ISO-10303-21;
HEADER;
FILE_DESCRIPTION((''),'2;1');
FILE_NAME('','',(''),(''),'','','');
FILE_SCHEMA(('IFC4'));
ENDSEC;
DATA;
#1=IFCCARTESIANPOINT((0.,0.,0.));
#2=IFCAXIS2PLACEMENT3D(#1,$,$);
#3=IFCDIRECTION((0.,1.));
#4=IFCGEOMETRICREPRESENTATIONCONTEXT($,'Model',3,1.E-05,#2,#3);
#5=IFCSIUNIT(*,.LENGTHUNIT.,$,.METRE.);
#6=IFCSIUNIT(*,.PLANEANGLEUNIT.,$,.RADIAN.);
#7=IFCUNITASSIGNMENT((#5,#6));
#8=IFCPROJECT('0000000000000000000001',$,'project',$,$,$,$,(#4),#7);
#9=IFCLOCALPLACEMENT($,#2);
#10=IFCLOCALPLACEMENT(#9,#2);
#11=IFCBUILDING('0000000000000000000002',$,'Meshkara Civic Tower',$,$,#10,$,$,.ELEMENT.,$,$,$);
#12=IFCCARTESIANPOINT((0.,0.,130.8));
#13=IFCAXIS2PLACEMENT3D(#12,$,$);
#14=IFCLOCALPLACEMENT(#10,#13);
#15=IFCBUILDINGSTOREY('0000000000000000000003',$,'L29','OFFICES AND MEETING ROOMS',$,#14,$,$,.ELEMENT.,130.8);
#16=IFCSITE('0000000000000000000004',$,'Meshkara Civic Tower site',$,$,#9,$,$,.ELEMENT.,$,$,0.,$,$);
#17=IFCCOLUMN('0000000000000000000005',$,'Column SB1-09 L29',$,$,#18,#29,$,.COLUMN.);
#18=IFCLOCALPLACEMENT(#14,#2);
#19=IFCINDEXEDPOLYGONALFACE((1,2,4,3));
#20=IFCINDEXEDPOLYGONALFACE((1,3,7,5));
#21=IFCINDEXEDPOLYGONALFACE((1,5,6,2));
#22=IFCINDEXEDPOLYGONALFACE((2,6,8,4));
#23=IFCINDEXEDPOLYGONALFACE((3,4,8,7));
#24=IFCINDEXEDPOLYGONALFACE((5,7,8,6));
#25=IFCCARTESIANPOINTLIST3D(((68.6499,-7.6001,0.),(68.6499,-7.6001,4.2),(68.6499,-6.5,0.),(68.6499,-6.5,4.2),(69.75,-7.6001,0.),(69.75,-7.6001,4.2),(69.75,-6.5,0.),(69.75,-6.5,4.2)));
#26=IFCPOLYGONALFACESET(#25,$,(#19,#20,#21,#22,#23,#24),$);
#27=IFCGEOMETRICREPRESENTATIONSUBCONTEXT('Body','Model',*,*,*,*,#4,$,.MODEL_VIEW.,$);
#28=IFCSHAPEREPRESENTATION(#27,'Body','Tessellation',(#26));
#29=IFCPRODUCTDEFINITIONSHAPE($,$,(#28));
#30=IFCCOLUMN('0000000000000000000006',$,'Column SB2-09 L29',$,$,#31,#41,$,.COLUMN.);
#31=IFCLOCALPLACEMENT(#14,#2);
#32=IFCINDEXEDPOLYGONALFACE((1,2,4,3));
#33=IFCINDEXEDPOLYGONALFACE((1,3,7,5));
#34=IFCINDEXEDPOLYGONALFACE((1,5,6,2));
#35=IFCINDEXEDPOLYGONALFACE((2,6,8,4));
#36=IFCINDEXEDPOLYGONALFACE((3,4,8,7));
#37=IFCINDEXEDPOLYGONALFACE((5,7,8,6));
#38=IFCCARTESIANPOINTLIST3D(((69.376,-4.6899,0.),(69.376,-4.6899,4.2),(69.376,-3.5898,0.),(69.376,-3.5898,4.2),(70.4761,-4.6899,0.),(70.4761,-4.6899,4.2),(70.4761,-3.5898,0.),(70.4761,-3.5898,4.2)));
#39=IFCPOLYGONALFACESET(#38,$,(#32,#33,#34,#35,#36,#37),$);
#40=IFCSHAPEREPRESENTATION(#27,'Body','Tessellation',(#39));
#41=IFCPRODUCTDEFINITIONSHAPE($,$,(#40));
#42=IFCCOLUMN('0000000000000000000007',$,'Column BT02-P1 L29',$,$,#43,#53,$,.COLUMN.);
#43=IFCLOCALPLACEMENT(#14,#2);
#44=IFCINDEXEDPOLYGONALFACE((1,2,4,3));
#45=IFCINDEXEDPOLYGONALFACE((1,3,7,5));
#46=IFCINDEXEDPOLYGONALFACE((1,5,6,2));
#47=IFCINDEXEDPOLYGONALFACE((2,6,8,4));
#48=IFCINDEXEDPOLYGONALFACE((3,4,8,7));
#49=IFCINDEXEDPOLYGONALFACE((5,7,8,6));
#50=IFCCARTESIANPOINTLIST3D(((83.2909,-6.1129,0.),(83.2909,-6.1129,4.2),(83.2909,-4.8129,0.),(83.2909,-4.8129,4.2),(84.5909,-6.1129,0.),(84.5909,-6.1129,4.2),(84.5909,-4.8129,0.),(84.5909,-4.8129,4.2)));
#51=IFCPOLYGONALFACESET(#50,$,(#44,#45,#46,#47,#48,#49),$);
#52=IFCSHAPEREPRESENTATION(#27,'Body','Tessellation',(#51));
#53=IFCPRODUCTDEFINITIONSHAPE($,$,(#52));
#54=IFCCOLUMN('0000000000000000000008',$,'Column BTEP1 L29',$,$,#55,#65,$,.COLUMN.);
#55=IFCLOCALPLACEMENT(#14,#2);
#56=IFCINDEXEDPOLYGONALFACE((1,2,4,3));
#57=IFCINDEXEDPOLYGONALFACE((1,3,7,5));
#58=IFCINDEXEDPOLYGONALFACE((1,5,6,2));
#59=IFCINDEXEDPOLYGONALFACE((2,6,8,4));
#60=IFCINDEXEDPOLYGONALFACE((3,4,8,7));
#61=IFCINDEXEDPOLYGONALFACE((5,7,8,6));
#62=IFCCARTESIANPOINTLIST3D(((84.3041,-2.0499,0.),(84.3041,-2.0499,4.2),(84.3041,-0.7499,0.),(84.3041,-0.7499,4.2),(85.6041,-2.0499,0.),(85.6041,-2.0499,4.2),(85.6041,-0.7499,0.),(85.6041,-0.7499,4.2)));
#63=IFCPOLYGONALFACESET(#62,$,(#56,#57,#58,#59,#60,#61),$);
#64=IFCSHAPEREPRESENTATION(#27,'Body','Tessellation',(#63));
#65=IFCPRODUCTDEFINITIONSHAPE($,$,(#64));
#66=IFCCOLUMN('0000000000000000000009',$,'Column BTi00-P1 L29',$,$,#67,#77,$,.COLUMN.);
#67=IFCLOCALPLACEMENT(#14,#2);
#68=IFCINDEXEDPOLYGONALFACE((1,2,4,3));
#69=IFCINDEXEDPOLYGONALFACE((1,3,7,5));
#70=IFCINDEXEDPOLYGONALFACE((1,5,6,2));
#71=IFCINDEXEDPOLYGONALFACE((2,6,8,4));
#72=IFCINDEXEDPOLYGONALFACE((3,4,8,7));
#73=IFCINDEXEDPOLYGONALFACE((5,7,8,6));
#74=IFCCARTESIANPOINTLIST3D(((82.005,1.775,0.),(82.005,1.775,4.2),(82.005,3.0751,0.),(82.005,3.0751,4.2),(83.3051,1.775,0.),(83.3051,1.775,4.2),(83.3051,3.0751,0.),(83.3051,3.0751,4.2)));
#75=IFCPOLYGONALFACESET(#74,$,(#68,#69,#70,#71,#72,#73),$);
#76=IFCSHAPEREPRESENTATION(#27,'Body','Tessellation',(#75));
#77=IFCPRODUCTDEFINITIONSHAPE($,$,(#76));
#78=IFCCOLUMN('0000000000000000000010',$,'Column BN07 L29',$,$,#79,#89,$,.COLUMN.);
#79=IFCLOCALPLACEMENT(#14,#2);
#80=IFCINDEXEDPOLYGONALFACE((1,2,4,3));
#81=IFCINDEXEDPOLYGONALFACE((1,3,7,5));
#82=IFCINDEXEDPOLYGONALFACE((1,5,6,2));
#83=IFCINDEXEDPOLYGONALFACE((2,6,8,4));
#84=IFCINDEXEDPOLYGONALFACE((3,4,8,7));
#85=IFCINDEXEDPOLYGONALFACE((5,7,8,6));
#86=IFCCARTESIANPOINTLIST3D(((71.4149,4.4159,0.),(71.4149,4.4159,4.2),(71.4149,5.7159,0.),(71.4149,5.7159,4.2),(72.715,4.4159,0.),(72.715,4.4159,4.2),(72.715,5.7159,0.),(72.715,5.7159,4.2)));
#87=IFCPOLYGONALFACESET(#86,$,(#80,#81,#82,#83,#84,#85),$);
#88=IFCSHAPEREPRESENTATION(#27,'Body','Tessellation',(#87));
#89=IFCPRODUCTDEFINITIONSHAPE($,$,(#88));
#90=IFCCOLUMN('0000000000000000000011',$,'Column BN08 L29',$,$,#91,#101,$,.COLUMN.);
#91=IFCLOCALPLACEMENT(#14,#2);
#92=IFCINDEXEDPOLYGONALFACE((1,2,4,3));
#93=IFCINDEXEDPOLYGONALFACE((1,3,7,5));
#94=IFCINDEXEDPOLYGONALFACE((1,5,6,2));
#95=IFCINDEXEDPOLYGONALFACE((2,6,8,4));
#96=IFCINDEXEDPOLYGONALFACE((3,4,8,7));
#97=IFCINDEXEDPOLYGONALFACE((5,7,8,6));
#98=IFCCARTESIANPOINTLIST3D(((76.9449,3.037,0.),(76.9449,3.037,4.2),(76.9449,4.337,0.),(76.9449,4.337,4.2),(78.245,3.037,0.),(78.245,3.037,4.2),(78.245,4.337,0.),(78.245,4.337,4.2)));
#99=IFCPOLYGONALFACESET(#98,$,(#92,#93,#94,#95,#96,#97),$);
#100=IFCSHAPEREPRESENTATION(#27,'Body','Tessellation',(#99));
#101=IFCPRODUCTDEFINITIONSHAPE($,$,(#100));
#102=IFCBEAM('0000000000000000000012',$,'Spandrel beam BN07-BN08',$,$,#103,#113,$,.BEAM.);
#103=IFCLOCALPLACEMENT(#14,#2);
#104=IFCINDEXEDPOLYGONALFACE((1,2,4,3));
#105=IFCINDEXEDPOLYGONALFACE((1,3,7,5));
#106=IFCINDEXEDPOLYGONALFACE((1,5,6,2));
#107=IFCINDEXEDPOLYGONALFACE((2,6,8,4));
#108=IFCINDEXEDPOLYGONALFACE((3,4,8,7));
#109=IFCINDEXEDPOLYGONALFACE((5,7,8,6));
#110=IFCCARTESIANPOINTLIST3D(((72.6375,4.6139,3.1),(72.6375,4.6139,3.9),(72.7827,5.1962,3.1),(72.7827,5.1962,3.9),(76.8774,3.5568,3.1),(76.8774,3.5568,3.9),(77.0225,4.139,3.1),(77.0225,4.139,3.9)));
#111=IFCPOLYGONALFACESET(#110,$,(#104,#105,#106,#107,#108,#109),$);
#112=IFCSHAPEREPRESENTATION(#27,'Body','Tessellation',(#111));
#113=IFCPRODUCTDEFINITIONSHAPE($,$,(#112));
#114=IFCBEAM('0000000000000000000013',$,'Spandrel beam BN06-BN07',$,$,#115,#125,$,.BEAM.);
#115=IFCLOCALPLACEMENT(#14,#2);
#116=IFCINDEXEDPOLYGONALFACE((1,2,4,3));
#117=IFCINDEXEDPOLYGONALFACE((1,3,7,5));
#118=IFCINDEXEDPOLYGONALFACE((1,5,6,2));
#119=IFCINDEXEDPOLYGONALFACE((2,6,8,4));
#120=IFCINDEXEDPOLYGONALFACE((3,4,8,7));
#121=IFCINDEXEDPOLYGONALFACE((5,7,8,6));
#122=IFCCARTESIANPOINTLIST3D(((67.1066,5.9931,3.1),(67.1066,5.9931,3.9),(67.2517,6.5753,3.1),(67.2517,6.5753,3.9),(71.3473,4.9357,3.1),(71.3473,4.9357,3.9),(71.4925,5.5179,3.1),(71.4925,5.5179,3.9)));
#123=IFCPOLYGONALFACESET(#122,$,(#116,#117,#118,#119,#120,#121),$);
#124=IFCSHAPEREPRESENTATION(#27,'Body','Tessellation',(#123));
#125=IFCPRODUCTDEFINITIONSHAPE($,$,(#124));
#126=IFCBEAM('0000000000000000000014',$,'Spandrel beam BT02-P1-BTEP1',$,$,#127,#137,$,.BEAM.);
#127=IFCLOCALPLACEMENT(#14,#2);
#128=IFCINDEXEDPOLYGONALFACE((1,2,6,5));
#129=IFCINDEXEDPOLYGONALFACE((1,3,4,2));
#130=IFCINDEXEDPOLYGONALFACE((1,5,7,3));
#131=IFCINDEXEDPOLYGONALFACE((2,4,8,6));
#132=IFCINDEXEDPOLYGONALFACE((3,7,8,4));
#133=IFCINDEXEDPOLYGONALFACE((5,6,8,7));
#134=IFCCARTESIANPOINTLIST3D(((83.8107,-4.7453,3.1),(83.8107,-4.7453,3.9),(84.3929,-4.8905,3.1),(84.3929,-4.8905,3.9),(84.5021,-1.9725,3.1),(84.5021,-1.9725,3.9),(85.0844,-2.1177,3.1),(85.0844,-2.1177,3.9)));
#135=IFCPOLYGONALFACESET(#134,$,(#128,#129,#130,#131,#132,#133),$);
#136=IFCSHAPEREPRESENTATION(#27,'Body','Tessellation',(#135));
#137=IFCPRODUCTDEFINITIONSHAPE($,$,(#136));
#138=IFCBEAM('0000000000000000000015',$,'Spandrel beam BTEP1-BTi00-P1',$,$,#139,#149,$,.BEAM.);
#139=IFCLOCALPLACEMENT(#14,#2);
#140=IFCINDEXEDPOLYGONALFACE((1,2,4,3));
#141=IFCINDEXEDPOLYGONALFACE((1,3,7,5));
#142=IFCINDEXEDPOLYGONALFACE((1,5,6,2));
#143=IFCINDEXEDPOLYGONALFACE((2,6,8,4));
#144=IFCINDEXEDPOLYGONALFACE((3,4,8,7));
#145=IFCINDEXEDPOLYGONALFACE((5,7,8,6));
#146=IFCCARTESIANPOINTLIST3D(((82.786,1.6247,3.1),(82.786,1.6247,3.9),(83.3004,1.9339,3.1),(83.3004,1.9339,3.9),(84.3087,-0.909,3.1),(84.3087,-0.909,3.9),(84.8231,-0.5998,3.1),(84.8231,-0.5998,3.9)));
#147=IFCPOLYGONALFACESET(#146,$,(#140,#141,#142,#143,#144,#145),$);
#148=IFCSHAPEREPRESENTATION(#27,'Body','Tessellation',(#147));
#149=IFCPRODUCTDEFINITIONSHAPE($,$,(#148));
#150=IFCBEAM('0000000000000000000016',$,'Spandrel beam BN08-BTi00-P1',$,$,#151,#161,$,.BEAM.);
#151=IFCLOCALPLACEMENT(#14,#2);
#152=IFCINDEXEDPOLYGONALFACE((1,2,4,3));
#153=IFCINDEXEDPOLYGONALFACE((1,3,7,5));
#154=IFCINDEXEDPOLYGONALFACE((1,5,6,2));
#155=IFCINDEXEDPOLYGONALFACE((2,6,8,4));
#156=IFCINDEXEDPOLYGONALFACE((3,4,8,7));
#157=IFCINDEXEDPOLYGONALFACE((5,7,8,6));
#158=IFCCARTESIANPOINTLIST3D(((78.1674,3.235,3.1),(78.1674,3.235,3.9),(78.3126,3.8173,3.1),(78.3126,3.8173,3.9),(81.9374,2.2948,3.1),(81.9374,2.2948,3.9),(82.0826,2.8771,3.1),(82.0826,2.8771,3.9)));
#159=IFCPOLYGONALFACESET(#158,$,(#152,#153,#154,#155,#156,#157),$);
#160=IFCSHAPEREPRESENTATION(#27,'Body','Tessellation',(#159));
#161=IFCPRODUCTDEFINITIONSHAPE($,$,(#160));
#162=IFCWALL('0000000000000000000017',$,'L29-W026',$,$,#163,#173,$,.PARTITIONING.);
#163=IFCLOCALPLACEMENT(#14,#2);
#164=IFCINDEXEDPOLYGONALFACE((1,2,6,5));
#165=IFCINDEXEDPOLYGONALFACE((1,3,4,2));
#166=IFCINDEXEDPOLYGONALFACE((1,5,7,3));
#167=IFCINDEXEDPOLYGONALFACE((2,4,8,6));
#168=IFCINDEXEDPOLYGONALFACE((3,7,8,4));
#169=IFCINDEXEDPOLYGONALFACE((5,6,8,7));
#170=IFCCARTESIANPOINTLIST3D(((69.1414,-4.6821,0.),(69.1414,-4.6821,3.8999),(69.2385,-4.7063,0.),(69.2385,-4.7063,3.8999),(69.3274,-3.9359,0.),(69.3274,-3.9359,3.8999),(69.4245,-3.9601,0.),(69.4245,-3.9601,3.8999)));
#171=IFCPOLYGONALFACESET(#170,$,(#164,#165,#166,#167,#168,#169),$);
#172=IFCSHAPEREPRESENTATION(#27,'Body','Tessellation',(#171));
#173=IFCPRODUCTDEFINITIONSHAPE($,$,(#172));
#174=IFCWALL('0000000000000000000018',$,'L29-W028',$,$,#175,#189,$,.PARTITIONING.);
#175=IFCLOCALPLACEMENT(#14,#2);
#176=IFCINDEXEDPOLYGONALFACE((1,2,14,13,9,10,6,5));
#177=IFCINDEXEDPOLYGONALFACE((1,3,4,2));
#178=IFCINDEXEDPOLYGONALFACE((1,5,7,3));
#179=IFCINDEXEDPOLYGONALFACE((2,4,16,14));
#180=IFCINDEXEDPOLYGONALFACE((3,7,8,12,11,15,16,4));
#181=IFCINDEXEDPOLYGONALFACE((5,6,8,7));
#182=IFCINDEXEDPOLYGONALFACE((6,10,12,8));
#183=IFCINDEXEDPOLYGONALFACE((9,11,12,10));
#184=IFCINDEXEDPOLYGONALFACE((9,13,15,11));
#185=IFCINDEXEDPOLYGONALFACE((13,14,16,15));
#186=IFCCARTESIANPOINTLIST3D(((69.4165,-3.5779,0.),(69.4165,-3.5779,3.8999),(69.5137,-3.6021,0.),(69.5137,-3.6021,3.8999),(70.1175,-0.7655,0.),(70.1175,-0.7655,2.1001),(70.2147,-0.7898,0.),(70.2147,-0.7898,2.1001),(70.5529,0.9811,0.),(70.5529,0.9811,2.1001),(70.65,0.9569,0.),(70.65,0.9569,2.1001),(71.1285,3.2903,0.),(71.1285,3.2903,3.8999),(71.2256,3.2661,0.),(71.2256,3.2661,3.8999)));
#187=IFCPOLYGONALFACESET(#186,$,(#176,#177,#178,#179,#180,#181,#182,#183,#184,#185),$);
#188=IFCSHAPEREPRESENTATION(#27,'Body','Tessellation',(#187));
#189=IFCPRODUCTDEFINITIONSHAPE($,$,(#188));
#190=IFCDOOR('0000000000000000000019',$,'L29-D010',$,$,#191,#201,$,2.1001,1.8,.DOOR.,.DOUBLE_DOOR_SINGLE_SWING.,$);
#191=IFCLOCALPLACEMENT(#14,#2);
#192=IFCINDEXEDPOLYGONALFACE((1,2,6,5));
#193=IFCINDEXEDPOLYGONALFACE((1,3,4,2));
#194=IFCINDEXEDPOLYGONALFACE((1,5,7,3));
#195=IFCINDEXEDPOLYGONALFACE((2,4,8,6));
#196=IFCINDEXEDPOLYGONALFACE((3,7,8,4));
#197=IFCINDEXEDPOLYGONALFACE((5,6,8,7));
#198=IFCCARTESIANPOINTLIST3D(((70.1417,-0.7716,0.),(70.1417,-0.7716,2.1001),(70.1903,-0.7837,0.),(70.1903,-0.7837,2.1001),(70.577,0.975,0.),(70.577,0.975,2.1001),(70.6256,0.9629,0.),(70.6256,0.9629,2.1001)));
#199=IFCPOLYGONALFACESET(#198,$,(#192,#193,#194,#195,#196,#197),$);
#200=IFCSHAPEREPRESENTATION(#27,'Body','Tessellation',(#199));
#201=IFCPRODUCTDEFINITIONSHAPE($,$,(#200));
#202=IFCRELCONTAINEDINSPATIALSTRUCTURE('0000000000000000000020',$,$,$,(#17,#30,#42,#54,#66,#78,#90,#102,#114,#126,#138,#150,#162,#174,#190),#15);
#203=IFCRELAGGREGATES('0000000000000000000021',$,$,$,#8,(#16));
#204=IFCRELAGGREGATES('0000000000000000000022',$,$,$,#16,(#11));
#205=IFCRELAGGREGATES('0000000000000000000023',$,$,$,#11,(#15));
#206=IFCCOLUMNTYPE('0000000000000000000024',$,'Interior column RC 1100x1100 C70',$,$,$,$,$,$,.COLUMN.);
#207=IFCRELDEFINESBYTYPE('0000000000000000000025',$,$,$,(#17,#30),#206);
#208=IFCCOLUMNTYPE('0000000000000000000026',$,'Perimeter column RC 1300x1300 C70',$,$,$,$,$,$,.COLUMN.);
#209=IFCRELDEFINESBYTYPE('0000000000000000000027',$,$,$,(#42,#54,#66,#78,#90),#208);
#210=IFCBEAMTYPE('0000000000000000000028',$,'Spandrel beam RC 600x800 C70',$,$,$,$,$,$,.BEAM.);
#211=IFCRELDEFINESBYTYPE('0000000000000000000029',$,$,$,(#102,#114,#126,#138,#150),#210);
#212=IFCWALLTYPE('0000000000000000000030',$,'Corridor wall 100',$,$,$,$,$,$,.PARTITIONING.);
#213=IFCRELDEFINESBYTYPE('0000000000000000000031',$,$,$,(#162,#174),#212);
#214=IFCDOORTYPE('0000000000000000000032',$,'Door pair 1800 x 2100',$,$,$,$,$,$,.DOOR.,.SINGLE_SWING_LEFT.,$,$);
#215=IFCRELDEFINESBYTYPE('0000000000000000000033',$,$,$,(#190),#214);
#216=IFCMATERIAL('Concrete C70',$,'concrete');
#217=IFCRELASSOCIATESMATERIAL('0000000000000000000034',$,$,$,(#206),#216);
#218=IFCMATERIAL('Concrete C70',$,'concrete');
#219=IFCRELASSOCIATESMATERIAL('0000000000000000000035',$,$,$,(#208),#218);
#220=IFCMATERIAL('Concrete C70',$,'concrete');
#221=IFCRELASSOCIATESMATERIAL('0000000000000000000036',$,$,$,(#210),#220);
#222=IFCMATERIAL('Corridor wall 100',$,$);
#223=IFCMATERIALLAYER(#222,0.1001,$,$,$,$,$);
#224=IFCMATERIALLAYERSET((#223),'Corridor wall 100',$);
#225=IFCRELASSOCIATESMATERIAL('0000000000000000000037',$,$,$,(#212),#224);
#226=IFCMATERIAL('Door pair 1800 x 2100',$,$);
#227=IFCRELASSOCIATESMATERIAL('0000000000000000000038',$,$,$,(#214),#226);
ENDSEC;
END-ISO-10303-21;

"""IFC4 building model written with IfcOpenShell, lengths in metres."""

from ifc_helpers import new_model, si_unit, direction, frame, frame_2d, origin, origin_2d, place, context, subcontext, project, spatial, rectangle, extrude, material, layer, layer_set, material_profile, profile_set, type_object, element, fill, save


model = new_model("IFC4")

# Units and contexts
model_context = context("Model", 3, precision=1e-05, world=origin(), true_north=direction((0.0, 1.0)))
body_context = subcontext(model_context, "Body", "Model", "MODEL_VIEW")
ifc_project = project(units=[si_unit("LENGTHUNIT", "METRE"), si_unit("PLANEANGLEUNIT", "RADIAN")], contexts=[model_context])

# Site, building, storey
site_placement = place(None, origin())
site = spatial("IfcSite", under=ifc_project, at=site_placement, Name="Meshkara Civic Tower site", CompositionType="ELEMENT", RefElevation=0.0)
building_placement = place(site_placement, origin())
building = spatial("IfcBuilding", under=site, at=building_placement, Name="Meshkara Civic Tower", CompositionType="ELEMENT")
storey_placement = place(building_placement, frame((0.0, 0.0, 130.8)))
storey = spatial("IfcBuildingStorey", under=building, at=storey_placement, Name="L29", Description="OFFICES AND MEETING ROOMS", CompositionType="ELEMENT", Elevation=130.8)

# Columns
ifc_material_1 = material(Name="Concrete C70", Category="concrete")
ifc_material_profile_1 = material_profile(ifc_material_1, rectangle(XDim=1.1001, YDim=1.1001, at=origin_2d()))
ifc_profile_set_1 = profile_set([ifc_material_profile_1], Name="Concrete C70")
column_type_1 = type_object("IfcColumnType", Name="Interior column RC 1100x1100 C70", PredefinedType="COLUMN", material=ifc_profile_set_1)
for number, where, z_axis, x_axis, name in (
    (1, (69.2, -7.05, 0.0), (0.0, 0.0, 1.0), (1.0, 0.0, 0.0), "Column SB1-09 L29"),
    (2, (69.926, -4.1399, 0.0), (0.0, 0.0, 1.0), (1.0, 0.0, 0.0), "Column SB2-09 L29"),
):
    element("IfcColumn", number, at=place(storey_placement, frame(where, z_axis=z_axis, x_axis=x_axis)), inside=storey, type_object=column_type_1, Name=name, PredefinedType="COLUMN", context=body_context, shape_type="SweptSolid", body=[
        extrude(rectangle(XDim=1.1001, YDim=1.1001, at=origin_2d()), origin(), (0.0, 0.0, 1.0), 4.2),
    ])
ifc_material_2 = material(Name="Concrete C70", Category="concrete")
ifc_material_profile_2 = material_profile(ifc_material_2, rectangle(XDim=1.3, YDim=1.3, at=origin_2d()))
ifc_profile_set_2 = profile_set([ifc_material_profile_2], Name="Concrete C70")
column_type_2 = type_object("IfcColumnType", Name="Perimeter column RC 1300x1300 C70", PredefinedType="COLUMN", material=ifc_profile_set_2)
for number, where, z_axis, x_axis, name in (
    (3, (83.9409, -5.4629, 0.0), (0.0, 0.0, 1.0), (1.0, 0.0, 0.0), "Column BT02-P1 L29"),
    (4, (84.9541, -1.3999, 0.0), (0.0, 0.0, 1.0), (1.0, 0.0, 0.0), "Column BTEP1 L29"),
    (5, (82.655, 2.425, 0.0), (0.0, 0.0, 1.0), (1.0, 0.0, 0.0), "Column BTi00-P1 L29"),
    (6, (72.0649, 5.0659, 0.0), (0.0, 0.0, 1.0), (1.0, 0.0, 0.0), "Column BN07 L29"),
    (7, (77.595, 3.687, 0.0), (0.0, 0.0, 1.0), (1.0, 0.0, 0.0), "Column BN08 L29"),
):
    element("IfcColumn", number, at=place(storey_placement, frame(where, z_axis=z_axis, x_axis=x_axis)), inside=storey, type_object=column_type_2, Name=name, PredefinedType="COLUMN", context=body_context, shape_type="SweptSolid", body=[
        extrude(rectangle(XDim=1.3, YDim=1.3, at=origin_2d()), origin(), (0.0, 0.0, 1.0), 4.2),
    ])

# Beams
ifc_material_3 = material(Name="Concrete C70", Category="concrete")
ifc_material_profile_3 = material_profile(ifc_material_3, rectangle(XDim=0.6001, YDim=0.8, at=origin_2d()))
ifc_profile_set_3 = profile_set([ifc_material_profile_3], Name="Concrete C70")
beam_type = type_object("IfcBeamType", Name="Spandrel beam RC 600x800 C70", PredefinedType="BEAM", material=ifc_profile_set_3)
beam_1_placement = place(storey_placement, frame((76.95, 3.8479, 3.5), z_axis=(-0.970293, 0.241931, 0.0), x_axis=(-0.241931, -0.970293, 0.0)))
element("IfcBeam", 8, at=beam_1_placement, inside=storey, type_object=beam_type, Name="Spandrel beam BN07-BN08", PredefinedType="BEAM", context=body_context, shape_type="SweptSolid", body=[
    extrude(rectangle(XDim=0.6001, YDim=0.8, at=origin_2d()), origin(), (0.0, 0.0, 1.0), 4.3696),
])
beam_2_placement = place(storey_placement, frame((71.4199, 5.2268, 3.5), z_axis=(-0.970293, 0.241931, 0.0), x_axis=(-0.241931, -0.970293, 0.0)))
element("IfcBeam", 9, at=beam_2_placement, inside=storey, type_object=beam_type, Name="Spandrel beam BN06-BN07", PredefinedType="BEAM", context=body_context, shape_type="SweptSolid", body=[
    extrude(rectangle(XDim=0.6001, YDim=0.8, at=origin_2d()), origin(), (0.0, 0.0, 1.0), 4.3706),
])
beam_3_placement = place(storey_placement, frame((84.1018, -4.8179, 3.5), z_axis=(0.241953, 0.970288, 0.0), x_axis=(-0.970288, 0.241953, 0.0)))
element("IfcBeam", 10, at=beam_3_placement, inside=storey, type_object=beam_type, Name="Spandrel beam BT02-P1-BTEP1", PredefinedType="BEAM", context=body_context, shape_type="SweptSolid", body=[
    extrude(rectangle(XDim=0.6001, YDim=0.8, at=origin_2d()), origin(), (0.0, 0.0, 1.0), 2.8577),
])
beam_4_placement = place(storey_placement, frame((84.5659, -0.7544, 3.5), z_axis=(-0.515115, 0.857121, 0.0), x_axis=(-0.857121, -0.515115, 0.0)))
element("IfcBeam", 11, at=beam_4_placement, inside=storey, type_object=beam_type, Name="Spandrel beam BTEP1-BTi00-P1", PredefinedType="BEAM", context=body_context, shape_type="SweptSolid", body=[
    extrude(rectangle(XDim=0.6001, YDim=0.8, at=origin_2d()), origin(), (0.0, 0.0, 1.0), 2.9561),
])
beam_5_placement = place(storey_placement, frame((82.01, 2.5859, 3.5), z_axis=(-0.970283, 0.241974, 0.0), x_axis=(-0.241974, -0.970283, 0.0)))
element("IfcBeam", 12, at=beam_5_placement, inside=storey, type_object=beam_type, Name="Spandrel beam BN08-BTi00-P1", PredefinedType="BEAM", context=body_context, shape_type="SweptSolid", body=[
    extrude(rectangle(XDim=0.6001, YDim=0.8, at=origin_2d()), origin(), (0.0, 0.0, 1.0), 3.8855),
])

# Wall
ifc_material_4 = material(Name="Corridor wall 100")
ifc_layer_1 = layer(ifc_material_4, 0.1001)
ifc_layer_set_1 = layer_set([ifc_layer_1], Name="Corridor wall 100")
wall_type_1 = type_object("IfcWallType", Name="Corridor wall 100", PredefinedType="PARTITIONING", material=ifc_layer_set_1)
wall_1_placement = place(storey_placement, frame((69.376, -3.948, 0.0), z_axis=(0.0, 0.0, 1.0), x_axis=(-0.241938, -0.970292, 0.0)))
element("IfcWall", 13, at=wall_1_placement, inside=storey, type_object=wall_type_1, Name="L29-W026", PredefinedType="PARTITIONING", context=body_context, shape_type="SweptSolid", body=[
    extrude(rectangle(XDim=0.769, YDim=0.1001, at=frame_2d((0.3845, 0.0))), origin(), (0.0, 0.0, 1.0), 3.8999),
])

# Wall, opening, door
wall_2_placement = place(storey_placement, frame((71.177, 3.2781, 0.0), z_axis=(0.0, 0.0, 1.0), x_axis=(-0.241854, -0.970313, 0.0)))
wall_2 = element("IfcWall", 14, at=wall_2_placement, inside=storey, type_object=wall_type_1, Name="L29-W028", PredefinedType="PARTITIONING", context=body_context, shape_type="SweptSolid", body=[
    extrude(rectangle(XDim=7.0784, YDim=0.1001, at=frame_2d((3.5391, 0.0))), origin(), (0.0, 0.0, 1.0), 3.8999),
])
opening_1_placement = place(wall_2_placement, frame((2.3799, 0.0, 0.0)))
opening_1 = element("IfcOpeningElement", 15, at=opening_1_placement, cuts=wall_2, PredefinedType="OPENING", context=body_context, shape_type="SweptSolid", body=[
    extrude(rectangle(XDim=1.8, YDim=2.1001, at=frame_2d((0.8999, 1.05))), frame((0.0, 0.0601, 0.0), z_axis=(0.0, -1.0, 0.0), x_axis=(1.0, 0.0, 0.0)), (0.0, 0.0, 1.0), 0.1201),
])
ifc_material_5 = material(Name="Door pair 1800 x 2100")
door_type = type_object("IfcDoorType", Name="Door pair 1800 x 2100", OperationType="SINGLE_SWING_LEFT", PredefinedType="DOOR", material=ifc_material_5)
door_1_placement = place(opening_1_placement, origin())
door_1 = element("IfcDoor", 16, at=door_1_placement, inside=storey, type_object=door_type, Name="L29-D010", OperationType="DOUBLE_DOOR_SINGLE_SWING", OverallHeight=2.1001, OverallWidth=1.8, PredefinedType="DOOR", context=body_context, shape_type="SweptSolid", body=[
    extrude(rectangle(XDim=1.8, YDim=2.1001, at=frame_2d((0.8999, 1.05))), frame((0.0, 0.0249, 0.0), z_axis=(0.0, -1.0, 0.0), x_axis=(1.0, 0.0, 0.0)), (0.0, 0.0, 1.0), 0.05),
])
fill(opening_1, door_1)

save(model, "model.ifc")
